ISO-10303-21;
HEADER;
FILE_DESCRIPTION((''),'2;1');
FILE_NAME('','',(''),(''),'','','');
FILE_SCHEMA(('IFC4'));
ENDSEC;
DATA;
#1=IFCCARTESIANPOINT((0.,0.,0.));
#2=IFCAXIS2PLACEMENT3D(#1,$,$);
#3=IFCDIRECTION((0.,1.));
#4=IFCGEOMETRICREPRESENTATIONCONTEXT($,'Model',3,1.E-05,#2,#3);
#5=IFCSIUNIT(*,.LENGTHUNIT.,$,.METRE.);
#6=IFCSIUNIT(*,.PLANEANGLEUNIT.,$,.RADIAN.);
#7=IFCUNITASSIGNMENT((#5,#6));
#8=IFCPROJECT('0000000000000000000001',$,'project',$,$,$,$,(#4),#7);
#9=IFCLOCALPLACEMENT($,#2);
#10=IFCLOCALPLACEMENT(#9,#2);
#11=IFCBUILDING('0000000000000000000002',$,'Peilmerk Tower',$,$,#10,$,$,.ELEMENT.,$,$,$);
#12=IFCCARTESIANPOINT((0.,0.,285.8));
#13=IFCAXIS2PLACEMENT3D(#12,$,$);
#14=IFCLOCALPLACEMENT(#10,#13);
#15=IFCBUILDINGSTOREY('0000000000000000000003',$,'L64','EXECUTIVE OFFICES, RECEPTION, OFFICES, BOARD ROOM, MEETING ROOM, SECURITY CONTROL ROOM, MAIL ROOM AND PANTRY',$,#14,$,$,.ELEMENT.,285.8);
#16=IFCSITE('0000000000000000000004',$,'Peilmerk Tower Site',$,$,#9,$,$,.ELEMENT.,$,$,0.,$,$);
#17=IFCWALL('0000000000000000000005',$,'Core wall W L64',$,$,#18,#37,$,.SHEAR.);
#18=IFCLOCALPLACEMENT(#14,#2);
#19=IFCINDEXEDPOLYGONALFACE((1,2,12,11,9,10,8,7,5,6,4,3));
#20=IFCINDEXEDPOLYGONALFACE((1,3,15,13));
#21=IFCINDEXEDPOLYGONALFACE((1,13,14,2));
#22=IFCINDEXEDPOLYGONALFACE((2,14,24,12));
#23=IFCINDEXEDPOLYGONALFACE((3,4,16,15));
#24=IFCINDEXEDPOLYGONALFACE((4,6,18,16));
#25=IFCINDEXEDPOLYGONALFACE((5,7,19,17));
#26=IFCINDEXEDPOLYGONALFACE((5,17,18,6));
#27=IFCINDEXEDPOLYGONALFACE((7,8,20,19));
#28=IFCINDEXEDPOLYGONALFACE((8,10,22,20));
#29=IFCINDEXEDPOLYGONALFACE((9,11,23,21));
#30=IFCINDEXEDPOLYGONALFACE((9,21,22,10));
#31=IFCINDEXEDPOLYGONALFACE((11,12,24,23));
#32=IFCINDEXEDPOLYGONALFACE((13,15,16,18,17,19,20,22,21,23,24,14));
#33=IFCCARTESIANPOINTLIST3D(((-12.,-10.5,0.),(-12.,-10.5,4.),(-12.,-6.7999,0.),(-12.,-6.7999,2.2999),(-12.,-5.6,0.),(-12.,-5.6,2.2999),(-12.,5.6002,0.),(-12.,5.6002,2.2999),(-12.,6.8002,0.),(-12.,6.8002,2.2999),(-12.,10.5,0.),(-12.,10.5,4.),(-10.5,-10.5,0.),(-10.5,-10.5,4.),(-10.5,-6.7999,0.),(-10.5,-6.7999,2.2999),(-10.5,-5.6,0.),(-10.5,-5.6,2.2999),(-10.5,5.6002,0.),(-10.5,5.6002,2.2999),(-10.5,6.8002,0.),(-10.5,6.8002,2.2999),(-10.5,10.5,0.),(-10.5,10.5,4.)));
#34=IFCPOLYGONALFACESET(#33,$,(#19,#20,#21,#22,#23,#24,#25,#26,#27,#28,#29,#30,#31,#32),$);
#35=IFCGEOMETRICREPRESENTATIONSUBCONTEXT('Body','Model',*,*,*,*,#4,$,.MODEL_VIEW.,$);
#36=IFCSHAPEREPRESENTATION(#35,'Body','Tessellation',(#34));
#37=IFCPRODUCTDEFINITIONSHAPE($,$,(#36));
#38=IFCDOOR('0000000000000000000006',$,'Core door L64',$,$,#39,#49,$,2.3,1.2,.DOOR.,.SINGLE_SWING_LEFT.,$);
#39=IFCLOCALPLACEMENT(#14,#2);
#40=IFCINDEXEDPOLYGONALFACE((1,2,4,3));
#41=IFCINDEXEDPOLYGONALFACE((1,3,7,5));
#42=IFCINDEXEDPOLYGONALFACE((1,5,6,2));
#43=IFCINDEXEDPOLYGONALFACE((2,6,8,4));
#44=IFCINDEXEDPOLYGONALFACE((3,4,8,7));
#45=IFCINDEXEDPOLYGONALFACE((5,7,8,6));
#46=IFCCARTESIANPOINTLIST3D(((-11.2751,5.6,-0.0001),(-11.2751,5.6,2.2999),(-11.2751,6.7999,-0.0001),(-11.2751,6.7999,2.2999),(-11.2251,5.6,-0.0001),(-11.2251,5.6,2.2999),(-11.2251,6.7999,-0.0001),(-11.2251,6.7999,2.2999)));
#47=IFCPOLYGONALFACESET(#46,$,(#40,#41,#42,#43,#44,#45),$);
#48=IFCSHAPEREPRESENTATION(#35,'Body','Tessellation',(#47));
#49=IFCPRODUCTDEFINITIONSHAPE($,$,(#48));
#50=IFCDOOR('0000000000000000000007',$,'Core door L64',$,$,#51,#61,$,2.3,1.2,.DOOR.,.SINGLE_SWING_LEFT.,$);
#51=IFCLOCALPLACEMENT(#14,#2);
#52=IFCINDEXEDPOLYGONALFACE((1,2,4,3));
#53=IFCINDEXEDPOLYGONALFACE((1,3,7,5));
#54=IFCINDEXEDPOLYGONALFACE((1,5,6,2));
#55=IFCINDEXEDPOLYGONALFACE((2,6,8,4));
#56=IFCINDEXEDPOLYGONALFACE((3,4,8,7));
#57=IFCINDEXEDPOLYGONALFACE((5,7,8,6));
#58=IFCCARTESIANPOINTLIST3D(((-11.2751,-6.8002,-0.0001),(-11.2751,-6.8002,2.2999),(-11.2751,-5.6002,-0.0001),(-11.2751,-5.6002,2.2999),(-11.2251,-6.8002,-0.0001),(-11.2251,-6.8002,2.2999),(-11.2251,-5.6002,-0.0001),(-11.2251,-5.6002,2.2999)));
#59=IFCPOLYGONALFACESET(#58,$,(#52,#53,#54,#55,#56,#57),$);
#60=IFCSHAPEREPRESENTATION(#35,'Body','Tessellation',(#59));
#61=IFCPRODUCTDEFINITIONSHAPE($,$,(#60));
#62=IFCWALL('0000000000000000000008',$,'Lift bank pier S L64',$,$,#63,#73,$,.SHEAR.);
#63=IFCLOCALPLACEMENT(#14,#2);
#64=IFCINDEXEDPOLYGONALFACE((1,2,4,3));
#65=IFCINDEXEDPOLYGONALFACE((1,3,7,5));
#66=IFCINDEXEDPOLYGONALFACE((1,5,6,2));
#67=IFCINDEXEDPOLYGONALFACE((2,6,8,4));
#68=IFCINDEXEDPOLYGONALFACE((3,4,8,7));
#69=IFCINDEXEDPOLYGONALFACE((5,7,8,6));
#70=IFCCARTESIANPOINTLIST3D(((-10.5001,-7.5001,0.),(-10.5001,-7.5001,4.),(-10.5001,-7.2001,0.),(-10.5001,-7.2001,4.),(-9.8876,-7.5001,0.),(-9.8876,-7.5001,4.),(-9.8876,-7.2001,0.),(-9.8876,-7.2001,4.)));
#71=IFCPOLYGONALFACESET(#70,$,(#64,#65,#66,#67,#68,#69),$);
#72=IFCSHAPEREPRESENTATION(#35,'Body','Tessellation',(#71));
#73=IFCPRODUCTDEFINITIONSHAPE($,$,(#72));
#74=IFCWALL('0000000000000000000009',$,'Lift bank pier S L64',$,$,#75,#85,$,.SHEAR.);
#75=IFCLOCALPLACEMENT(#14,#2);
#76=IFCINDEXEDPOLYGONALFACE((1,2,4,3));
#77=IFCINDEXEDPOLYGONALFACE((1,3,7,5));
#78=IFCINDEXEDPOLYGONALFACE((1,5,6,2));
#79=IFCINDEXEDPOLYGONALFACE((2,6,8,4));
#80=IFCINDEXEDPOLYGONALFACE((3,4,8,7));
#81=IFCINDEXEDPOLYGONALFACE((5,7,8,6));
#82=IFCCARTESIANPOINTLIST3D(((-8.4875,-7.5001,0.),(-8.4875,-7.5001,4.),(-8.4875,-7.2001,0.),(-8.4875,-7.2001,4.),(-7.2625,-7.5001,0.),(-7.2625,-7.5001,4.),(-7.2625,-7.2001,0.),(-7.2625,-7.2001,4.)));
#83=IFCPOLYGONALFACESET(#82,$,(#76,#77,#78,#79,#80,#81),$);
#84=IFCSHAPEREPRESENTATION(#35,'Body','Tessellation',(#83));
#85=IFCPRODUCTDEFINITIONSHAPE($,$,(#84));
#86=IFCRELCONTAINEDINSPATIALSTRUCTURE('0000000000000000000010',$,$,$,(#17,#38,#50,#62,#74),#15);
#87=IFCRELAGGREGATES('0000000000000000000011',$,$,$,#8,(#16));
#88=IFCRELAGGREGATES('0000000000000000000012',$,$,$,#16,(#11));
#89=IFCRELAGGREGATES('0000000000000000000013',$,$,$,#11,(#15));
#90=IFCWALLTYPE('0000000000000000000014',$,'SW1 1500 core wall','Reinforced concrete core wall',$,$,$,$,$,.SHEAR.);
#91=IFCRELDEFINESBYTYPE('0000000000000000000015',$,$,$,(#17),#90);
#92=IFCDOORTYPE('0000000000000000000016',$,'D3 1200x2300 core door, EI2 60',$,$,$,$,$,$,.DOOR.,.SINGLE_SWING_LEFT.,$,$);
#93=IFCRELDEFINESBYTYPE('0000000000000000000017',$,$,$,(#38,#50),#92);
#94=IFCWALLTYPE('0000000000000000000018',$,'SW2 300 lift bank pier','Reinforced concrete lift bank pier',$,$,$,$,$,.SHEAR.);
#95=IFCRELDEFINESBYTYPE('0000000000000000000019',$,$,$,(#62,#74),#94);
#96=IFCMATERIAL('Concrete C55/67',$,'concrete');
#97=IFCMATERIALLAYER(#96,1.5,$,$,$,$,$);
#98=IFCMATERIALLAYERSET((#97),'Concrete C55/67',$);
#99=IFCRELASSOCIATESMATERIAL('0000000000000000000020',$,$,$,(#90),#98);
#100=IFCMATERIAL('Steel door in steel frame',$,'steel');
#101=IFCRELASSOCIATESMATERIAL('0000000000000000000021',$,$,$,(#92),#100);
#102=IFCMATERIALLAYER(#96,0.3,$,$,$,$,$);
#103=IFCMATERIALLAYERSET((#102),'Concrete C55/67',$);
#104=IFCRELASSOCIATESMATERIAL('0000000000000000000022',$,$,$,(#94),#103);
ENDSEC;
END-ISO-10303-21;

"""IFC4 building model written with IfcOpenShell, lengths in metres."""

from ifc_helpers import new_model, si_unit, direction, frame, frame_2d, origin, place, context, subcontext, project, spatial, rectangle, extrude, material, layer, layer_set, type_object, element, fill, save


model = new_model("IFC4")

# Units and contexts
model_context = context("Model", 3, precision=1e-05, world=origin(), true_north=direction((0.0, 1.0)))
body_context = subcontext(model_context, "Body", "Model", "MODEL_VIEW")
ifc_project = project(units=[si_unit("LENGTHUNIT", "METRE"), si_unit("PLANEANGLEUNIT", "RADIAN")], contexts=[model_context])

# Site, building, storey
site_placement = place(None, origin())
site = spatial("IfcSite", under=ifc_project, at=site_placement, Name="Peilmerk Tower Site", CompositionType="ELEMENT", RefElevation=0.0)
building_placement = place(site_placement, origin())
building = spatial("IfcBuilding", under=site, at=building_placement, Name="Peilmerk Tower", CompositionType="ELEMENT")
storey_placement = place(building_placement, frame((0.0, 0.0, 285.8)))
storey = spatial("IfcBuildingStorey", under=building, at=storey_placement, Name="L64", Description="EXECUTIVE OFFICES, RECEPTION, OFFICES, BOARD ROOM, MEETING ROOM, SECURITY CONTROL ROOM, MAIL ROOM AND PANTRY", CompositionType="ELEMENT", Elevation=285.8)

# Wall, openings, doors
ifc_material_1 = material(Name="Concrete C55/67", Category="concrete")
ifc_layer_1 = layer(ifc_material_1, 1.5)
ifc_layer_set_1 = layer_set([ifc_layer_1], Name="Concrete C55/67")
wall_type_1 = type_object("IfcWallType", Name="SW1 1500 core wall", Description="Reinforced concrete core wall", PredefinedType="SHEAR", material=ifc_layer_set_1)
wall_1_placement = place(storey_placement, frame((-11.25, -10.5, 0.0), z_axis=(0.0, 0.0, 1.0), x_axis=(0.0, 1.0, 0.0)))
wall_1 = element("IfcWall", 1, at=wall_1_placement, inside=storey, type_object=wall_type_1, Name="Core wall W L64", PredefinedType="SHEAR", context=body_context, shape_type="SweptSolid", body=[
    extrude(rectangle(XDim=21.0, YDim=1.5, at=frame_2d((10.5, 0.0))), origin(), (0.0, 0.0, 1.0), 4.0),
])
opening_1_placement = place(wall_1_placement, frame((16.1001, 0.0, 0.0)))
opening_1 = element("IfcOpeningElement", 2, at=opening_1_placement, cuts=wall_1, PredefinedType="OPENING", context=body_context, shape_type="SweptSolid", body=[
    extrude(rectangle(XDim=1.2, YDim=2.3, at=frame_2d((0.6001, 1.1499))), frame((0.0, 0.76, 0.0), z_axis=(0.0, -1.0, 0.0), x_axis=(1.0, 0.0, 0.0)), (0.0, 0.0, 1.0), 1.52),
])
opening_2_placement = place(wall_1_placement, frame((3.7, 0.0, 0.0)))
opening_2 = element("IfcOpeningElement", 3, at=opening_2_placement, cuts=wall_1, PredefinedType="OPENING", context=body_context, shape_type="SweptSolid", body=[
    extrude(rectangle(XDim=1.2, YDim=2.3, at=frame_2d((0.6001, 1.1499))), frame((0.0, 0.76, 0.0), z_axis=(0.0, -1.0, 0.0), x_axis=(1.0, 0.0, 0.0)), (0.0, 0.0, 1.0), 1.52),
])
ifc_material_2 = material(Name="Steel door in steel frame", Category="steel")
door_type_1 = type_object("IfcDoorType", Name="D3 1200x2300 core door, EI2 60", OperationType="SINGLE_SWING_LEFT", PredefinedType="DOOR", material=ifc_material_2)
door_1_placement = place(opening_1_placement, frame((1.2, 0.0, 0.0), z_axis=(0.0, 0.0, 1.0), x_axis=(-1.0, 0.0, 0.0)))
door_1 = element("IfcDoor", 4, at=door_1_placement, inside=storey, type_object=door_type_1, Name="Core door L64", OperationType="SINGLE_SWING_LEFT", OverallHeight=2.3, OverallWidth=1.2, PredefinedType="DOOR", context=body_context, shape_type="SweptSolid", body=[
    extrude(rectangle(XDim=1.2, YDim=2.3, at=frame_2d((0.6001, 1.1499))), frame((0.0, 0.0249, 0.0), z_axis=(0.0, -1.0, 0.0), x_axis=(1.0, 0.0, 0.0)), (0.0, 0.0, 1.0), 0.05),
])
fill(opening_1, door_1)
door_2_placement = place(opening_2_placement, frame((1.2, 0.0, 0.0), z_axis=(0.0, 0.0, 1.0), x_axis=(-1.0, 0.0, 0.0)))
door_2 = element("IfcDoor", 5, at=door_2_placement, inside=storey, type_object=door_type_1, Name="Core door L64", OperationType="SINGLE_SWING_LEFT", OverallHeight=2.3, OverallWidth=1.2, PredefinedType="DOOR", context=body_context, shape_type="SweptSolid", body=[
    extrude(rectangle(XDim=1.2, YDim=2.3, at=frame_2d((0.6001, 1.1499))), frame((0.0, 0.0249, 0.0), z_axis=(0.0, -1.0, 0.0), x_axis=(1.0, 0.0, 0.0)), (0.0, 0.0, 1.0), 0.05),
])
fill(opening_2, door_2)

# Walls
ifc_layer_2 = layer(ifc_material_1, 0.3)
ifc_layer_set_2 = layer_set([ifc_layer_2], Name="Concrete C55/67")
wall_type_2 = type_object("IfcWallType", Name="SW2 300 lift bank pier", Description="Reinforced concrete lift bank pier", PredefinedType="SHEAR", material=ifc_layer_set_2)
wall_2_placement = place(storey_placement, frame((-10.5, -7.3501, 0.0), z_axis=(0.0, 0.0, 1.0), x_axis=(1.0, 0.0, 0.0)))
element("IfcWall", 6, at=wall_2_placement, inside=storey, type_object=wall_type_2, Name="Lift bank pier S L64", PredefinedType="SHEAR", context=body_context, shape_type="SweptSolid", body=[
    extrude(rectangle(XDim=0.6125, YDim=0.3, at=frame_2d((0.3062, 0.0))), origin(), (0.0, 0.0, 1.0), 4.0),
])
wall_3_placement = place(storey_placement, frame((-8.4875, -7.3501, 0.0), z_axis=(0.0, 0.0, 1.0), x_axis=(1.0, 0.0, 0.0)))
element("IfcWall", 7, at=wall_3_placement, inside=storey, type_object=wall_type_2, Name="Lift bank pier S L64", PredefinedType="SHEAR", context=body_context, shape_type="SweptSolid", body=[
    extrude(rectangle(XDim=1.2251, YDim=0.3, at=frame_2d((0.6125, 0.0))), origin(), (0.0, 0.0, 1.0), 4.0),
])

save(model, "model.ifc")
